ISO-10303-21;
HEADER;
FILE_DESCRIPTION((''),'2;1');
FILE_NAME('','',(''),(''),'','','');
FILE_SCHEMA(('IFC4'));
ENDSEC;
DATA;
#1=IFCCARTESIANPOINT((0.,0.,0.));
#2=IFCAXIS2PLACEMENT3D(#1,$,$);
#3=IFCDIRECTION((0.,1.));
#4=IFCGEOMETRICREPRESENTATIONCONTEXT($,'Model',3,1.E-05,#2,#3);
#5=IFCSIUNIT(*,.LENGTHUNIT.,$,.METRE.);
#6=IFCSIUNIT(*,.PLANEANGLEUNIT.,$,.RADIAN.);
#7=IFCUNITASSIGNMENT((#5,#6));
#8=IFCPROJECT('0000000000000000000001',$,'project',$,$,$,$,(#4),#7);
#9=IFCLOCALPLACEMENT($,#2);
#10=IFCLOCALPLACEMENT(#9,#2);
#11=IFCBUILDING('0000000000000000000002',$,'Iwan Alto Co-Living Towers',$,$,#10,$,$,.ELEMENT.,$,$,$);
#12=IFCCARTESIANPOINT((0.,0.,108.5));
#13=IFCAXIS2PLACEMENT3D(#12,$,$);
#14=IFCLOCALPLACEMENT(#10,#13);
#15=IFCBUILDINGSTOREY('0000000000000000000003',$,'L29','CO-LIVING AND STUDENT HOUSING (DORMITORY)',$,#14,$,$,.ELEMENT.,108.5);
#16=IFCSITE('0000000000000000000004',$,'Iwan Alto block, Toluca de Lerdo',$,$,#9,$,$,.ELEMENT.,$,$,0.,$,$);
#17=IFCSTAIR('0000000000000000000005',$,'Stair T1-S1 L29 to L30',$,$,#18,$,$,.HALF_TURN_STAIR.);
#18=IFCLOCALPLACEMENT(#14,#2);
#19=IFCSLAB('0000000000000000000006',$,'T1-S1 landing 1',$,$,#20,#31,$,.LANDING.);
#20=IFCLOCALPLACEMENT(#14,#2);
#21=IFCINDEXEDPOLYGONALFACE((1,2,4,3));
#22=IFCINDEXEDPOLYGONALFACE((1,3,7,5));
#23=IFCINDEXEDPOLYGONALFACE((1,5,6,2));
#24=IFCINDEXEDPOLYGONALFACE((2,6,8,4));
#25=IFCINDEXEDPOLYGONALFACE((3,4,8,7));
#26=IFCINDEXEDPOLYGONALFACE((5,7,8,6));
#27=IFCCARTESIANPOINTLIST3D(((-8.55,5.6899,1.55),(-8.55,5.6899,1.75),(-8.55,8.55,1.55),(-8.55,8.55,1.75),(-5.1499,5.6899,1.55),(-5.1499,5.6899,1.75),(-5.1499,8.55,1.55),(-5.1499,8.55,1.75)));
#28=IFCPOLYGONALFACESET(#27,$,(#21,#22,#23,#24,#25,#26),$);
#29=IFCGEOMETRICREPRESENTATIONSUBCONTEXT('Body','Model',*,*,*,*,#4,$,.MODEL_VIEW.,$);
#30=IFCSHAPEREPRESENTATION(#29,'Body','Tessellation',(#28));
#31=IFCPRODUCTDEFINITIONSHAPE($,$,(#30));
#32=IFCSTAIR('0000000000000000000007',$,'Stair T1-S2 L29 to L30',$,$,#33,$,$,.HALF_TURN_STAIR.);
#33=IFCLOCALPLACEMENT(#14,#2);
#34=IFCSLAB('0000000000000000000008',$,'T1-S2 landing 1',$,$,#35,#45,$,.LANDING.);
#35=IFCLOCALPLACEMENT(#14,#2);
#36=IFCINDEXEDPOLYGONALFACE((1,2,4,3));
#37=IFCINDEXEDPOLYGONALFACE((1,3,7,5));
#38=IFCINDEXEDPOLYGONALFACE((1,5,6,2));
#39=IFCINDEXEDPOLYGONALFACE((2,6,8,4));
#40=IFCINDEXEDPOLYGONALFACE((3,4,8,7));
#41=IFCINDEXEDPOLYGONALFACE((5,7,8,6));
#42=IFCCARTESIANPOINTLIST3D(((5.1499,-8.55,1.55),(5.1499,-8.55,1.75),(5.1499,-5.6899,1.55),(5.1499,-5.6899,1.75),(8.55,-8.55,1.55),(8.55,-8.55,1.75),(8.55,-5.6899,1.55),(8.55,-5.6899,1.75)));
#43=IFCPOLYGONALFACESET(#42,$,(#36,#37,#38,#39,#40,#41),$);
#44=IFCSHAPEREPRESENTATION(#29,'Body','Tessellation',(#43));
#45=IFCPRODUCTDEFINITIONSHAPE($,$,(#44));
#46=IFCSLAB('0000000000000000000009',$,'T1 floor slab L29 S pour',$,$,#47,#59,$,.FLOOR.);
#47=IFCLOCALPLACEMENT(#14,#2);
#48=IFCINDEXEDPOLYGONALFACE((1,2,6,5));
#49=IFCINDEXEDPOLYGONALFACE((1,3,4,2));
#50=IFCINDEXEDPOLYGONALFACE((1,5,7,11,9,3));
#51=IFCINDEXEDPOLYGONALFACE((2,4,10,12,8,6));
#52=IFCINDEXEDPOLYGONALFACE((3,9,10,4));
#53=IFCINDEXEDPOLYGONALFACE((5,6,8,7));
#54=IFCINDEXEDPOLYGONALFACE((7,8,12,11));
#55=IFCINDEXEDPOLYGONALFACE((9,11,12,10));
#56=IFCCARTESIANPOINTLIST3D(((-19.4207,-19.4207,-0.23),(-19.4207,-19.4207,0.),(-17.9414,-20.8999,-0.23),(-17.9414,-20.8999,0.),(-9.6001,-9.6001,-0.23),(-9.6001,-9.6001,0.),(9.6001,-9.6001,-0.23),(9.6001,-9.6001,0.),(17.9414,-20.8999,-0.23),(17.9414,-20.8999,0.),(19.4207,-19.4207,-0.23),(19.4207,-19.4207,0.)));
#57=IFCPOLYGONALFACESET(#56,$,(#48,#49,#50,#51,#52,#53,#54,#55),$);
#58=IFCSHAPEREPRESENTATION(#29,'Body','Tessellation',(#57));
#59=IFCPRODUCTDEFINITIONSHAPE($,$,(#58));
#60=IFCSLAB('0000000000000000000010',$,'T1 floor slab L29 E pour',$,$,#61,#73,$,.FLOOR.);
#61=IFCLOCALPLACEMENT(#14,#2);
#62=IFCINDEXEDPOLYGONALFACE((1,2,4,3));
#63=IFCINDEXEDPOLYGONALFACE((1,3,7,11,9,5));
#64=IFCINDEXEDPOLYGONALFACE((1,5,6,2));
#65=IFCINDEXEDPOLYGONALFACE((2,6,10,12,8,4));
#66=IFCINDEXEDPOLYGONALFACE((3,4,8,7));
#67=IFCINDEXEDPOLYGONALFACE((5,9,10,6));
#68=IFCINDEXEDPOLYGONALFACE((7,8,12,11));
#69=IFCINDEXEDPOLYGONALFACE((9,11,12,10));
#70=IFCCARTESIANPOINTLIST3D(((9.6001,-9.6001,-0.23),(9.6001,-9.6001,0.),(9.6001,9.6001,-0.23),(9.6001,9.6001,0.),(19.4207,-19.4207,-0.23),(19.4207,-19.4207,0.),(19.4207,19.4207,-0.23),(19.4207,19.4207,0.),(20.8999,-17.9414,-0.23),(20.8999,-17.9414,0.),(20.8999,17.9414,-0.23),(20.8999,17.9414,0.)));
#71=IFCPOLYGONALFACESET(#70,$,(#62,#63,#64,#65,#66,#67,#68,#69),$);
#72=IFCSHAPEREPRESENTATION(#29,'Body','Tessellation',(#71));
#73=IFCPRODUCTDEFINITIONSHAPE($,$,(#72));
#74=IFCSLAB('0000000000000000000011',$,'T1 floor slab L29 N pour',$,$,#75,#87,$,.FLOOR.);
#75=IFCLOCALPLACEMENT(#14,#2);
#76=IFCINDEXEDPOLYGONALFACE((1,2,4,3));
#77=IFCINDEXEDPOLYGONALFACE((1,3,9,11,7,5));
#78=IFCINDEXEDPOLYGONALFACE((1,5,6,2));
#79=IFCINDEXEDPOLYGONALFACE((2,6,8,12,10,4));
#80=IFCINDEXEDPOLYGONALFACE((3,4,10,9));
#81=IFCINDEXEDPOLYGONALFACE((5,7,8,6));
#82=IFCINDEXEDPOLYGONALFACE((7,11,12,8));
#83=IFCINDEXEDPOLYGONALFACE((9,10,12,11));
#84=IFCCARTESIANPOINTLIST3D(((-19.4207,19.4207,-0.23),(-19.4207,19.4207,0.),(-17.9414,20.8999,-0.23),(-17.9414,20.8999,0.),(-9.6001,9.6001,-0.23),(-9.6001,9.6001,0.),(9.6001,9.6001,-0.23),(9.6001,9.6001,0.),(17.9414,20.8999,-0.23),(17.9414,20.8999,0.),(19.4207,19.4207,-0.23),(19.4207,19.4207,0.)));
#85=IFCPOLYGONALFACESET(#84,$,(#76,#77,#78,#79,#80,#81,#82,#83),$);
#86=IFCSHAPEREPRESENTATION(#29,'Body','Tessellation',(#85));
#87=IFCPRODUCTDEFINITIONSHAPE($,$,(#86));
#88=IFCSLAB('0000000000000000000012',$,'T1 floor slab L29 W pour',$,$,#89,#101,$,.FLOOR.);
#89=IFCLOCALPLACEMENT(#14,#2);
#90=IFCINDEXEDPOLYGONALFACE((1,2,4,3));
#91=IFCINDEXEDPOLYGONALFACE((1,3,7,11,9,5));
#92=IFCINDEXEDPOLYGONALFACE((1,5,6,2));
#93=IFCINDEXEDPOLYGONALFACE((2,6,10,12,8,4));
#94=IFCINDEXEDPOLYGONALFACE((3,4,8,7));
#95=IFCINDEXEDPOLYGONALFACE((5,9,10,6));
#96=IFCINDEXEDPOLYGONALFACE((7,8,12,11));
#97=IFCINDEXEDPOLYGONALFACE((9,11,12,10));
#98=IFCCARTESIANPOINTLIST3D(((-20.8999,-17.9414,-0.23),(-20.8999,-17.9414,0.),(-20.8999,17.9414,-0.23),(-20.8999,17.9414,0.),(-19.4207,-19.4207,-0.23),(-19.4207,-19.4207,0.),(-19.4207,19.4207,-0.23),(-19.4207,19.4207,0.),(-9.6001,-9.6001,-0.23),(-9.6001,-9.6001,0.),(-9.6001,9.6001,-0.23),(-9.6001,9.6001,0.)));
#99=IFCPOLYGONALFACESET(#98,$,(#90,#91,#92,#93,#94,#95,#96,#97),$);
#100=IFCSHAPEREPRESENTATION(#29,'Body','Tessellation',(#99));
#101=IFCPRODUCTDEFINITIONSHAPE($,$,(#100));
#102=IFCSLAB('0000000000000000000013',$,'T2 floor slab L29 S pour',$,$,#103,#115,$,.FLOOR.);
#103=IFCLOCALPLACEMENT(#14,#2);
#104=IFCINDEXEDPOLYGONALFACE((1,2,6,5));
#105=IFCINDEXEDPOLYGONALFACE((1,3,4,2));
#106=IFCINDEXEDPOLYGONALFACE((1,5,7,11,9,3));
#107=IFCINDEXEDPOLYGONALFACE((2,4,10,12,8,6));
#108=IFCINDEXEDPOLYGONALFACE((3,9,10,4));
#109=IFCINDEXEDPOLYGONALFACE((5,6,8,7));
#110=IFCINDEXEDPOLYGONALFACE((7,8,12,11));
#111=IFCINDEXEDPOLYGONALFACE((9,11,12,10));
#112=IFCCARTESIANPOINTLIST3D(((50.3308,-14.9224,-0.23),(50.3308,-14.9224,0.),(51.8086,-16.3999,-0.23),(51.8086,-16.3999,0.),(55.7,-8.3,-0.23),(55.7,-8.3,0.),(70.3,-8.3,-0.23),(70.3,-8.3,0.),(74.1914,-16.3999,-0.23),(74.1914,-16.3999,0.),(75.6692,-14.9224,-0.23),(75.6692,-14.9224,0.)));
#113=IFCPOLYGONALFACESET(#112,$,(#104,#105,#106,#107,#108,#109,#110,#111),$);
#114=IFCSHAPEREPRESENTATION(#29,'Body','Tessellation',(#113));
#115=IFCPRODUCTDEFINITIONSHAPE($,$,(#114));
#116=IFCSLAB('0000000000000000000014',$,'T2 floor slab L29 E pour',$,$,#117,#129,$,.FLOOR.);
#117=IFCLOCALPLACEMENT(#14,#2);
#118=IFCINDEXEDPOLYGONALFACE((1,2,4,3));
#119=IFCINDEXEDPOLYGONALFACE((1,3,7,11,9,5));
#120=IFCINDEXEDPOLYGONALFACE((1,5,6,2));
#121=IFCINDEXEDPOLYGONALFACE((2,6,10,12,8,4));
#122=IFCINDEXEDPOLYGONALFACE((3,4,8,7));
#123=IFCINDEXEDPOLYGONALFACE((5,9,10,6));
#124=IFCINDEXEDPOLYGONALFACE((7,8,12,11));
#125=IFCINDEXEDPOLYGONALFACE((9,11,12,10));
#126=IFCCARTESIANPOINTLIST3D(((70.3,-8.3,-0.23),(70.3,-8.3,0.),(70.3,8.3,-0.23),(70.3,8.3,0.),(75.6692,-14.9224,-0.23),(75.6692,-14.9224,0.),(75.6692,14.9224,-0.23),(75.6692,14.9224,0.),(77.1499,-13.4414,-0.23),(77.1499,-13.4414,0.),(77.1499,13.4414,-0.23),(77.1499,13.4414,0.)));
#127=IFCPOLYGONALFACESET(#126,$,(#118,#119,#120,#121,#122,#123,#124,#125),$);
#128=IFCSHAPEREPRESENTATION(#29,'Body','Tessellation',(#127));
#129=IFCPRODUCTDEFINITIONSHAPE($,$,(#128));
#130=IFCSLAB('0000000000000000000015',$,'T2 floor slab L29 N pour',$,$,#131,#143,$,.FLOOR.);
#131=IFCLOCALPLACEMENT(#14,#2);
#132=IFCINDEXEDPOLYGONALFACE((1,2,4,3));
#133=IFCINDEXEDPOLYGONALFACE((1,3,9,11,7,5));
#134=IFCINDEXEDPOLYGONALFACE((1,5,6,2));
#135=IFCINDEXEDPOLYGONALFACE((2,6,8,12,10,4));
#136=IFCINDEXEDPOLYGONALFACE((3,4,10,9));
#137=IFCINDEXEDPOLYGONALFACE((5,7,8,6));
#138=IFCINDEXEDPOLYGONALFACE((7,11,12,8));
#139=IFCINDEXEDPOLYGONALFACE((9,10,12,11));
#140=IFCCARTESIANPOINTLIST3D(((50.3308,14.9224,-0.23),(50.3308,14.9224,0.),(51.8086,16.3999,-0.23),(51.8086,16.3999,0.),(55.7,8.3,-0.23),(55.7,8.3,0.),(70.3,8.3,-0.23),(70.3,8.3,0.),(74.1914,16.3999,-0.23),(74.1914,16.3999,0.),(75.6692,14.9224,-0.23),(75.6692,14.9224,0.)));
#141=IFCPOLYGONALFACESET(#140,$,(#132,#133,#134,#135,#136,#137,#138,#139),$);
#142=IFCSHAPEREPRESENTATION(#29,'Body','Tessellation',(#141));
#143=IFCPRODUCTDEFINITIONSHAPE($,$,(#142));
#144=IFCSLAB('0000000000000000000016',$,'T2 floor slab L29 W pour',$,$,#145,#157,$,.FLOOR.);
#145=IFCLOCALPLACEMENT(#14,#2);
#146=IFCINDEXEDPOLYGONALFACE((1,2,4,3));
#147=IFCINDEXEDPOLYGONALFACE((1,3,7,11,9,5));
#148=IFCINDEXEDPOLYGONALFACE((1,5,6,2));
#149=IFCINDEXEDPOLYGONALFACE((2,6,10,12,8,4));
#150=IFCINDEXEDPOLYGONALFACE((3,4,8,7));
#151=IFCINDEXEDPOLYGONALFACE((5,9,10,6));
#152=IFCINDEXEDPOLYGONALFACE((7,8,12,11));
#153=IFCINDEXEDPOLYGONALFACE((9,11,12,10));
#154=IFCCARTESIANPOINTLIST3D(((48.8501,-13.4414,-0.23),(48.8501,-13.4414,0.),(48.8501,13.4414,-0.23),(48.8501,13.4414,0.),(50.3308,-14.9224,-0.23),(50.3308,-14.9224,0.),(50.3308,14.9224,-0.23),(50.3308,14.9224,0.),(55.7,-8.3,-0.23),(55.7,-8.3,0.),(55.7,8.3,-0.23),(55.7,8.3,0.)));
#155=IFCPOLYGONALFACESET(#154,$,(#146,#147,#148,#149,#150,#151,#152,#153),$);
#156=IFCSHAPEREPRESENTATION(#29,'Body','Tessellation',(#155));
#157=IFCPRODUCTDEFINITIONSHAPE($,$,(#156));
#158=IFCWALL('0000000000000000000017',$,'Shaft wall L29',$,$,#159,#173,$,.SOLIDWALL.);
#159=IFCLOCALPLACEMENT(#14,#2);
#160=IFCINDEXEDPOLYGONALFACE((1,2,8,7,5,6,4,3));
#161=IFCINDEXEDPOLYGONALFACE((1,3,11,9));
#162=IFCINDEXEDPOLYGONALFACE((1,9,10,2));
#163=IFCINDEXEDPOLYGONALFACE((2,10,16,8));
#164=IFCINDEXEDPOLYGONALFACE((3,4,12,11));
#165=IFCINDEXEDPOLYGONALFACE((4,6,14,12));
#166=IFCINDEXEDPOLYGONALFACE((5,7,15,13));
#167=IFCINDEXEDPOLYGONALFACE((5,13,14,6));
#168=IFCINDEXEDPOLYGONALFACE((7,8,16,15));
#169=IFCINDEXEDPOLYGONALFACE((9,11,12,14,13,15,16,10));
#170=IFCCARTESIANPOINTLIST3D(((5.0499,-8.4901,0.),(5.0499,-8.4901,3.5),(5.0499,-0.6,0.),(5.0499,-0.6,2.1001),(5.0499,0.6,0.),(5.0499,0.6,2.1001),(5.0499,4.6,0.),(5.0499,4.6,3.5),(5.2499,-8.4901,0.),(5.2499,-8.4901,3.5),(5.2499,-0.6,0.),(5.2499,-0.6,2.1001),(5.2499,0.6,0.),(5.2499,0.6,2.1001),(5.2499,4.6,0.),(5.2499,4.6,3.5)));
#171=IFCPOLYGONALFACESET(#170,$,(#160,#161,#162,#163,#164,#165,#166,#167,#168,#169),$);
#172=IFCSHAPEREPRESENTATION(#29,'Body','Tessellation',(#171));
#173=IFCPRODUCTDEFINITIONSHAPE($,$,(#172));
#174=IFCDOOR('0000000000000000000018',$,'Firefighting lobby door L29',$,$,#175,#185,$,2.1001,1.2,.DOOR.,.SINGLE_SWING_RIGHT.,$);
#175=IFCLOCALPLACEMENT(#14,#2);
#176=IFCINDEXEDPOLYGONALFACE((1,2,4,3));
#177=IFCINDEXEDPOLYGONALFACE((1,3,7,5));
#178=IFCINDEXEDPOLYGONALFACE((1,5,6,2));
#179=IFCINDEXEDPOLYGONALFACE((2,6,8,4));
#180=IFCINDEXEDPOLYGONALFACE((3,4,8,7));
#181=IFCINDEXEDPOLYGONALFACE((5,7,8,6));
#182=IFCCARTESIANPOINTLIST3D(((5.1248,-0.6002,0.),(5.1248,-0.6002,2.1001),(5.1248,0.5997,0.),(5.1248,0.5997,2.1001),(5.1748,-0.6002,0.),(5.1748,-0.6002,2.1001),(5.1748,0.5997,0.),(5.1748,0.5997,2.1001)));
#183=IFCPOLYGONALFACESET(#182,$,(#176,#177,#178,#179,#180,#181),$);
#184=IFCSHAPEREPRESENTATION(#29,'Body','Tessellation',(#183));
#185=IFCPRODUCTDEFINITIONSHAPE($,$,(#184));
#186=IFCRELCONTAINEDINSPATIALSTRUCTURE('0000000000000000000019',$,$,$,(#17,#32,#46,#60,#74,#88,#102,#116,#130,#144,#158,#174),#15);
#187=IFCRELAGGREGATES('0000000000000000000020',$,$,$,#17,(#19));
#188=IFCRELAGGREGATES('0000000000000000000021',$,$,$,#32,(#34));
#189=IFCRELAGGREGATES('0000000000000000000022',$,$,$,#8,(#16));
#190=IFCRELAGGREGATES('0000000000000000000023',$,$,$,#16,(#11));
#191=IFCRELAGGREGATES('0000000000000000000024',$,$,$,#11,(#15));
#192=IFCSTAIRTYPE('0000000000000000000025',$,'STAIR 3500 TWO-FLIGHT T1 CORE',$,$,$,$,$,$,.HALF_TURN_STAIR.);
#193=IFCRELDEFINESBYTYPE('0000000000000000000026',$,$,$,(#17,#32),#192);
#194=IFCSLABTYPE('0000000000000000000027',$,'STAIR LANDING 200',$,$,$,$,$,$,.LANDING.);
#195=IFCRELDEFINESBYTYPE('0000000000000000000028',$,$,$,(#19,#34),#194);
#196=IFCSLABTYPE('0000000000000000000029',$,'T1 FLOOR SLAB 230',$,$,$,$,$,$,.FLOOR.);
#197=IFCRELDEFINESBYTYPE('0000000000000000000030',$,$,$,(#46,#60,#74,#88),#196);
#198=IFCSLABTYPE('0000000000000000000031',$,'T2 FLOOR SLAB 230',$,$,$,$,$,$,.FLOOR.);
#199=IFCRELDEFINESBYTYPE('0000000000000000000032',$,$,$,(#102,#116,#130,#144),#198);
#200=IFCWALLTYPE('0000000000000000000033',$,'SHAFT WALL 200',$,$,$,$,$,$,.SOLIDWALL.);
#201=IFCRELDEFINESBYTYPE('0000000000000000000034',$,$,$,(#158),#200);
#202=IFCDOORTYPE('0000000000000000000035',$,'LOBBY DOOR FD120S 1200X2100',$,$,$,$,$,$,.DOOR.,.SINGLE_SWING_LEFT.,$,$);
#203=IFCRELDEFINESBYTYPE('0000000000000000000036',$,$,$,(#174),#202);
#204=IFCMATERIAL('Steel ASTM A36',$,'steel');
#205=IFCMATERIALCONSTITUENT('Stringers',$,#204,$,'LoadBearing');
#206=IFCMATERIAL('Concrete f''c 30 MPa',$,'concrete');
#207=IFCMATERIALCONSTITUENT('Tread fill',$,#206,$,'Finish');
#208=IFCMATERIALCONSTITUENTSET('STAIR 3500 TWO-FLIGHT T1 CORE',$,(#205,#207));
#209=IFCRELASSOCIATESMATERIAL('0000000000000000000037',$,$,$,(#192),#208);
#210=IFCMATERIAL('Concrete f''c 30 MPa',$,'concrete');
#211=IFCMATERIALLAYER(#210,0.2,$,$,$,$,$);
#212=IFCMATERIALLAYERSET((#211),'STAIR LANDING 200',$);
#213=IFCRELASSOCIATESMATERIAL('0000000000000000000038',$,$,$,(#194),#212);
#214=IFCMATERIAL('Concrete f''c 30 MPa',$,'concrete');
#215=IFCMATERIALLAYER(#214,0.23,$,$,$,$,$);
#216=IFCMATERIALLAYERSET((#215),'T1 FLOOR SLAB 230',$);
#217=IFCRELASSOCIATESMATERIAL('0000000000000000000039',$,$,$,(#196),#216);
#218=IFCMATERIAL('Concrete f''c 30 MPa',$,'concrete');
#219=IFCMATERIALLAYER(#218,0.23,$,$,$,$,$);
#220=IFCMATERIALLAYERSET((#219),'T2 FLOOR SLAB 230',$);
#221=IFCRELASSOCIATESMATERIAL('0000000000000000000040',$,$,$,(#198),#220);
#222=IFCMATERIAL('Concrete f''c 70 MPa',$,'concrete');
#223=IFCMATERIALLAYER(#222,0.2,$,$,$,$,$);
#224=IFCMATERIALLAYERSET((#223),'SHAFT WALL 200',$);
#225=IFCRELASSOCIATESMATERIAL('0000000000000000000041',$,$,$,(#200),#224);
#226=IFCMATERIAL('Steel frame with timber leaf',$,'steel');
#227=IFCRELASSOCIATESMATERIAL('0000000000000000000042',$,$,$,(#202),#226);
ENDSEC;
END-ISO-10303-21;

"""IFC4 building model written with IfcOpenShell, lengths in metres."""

from ifc_helpers import new_model, si_unit, direction, frame, frame_2d, origin, place, context, subcontext, project, spatial, polyline, rectangle, outline, extrude, material, layer, layer_set, constituent, constituent_set, type_object, element, fill, aggregate, save


model = new_model("IFC4")

# Units and contexts
model_context = context("Model", 3, precision=1e-05, world=origin(), true_north=direction((0.0, 1.0)))
body_context = subcontext(model_context, "Body", "Model", "MODEL_VIEW")
ifc_project = project(units=[si_unit("LENGTHUNIT", "METRE"), si_unit("PLANEANGLEUNIT", "RADIAN")], contexts=[model_context])

# Site, building, storey
site_placement = place(None, origin())
site = spatial("IfcSite", under=ifc_project, at=site_placement, Name="Iwan Alto block, Toluca de Lerdo", CompositionType="ELEMENT", RefElevation=0.0)
building_placement = place(site_placement, origin())
building = spatial("IfcBuilding", under=site, at=building_placement, Name="Iwan Alto Co-Living Towers", CompositionType="ELEMENT")
storey_placement = place(building_placement, frame((0.0, 0.0, 108.5)))
storey = spatial("IfcBuildingStorey", under=building, at=storey_placement, Name="L29", Description="CO-LIVING AND STUDENT HOUSING (DORMITORY)", CompositionType="ELEMENT", Elevation=108.5)

# Stairs, slabs
ifc_material_1 = material(Name="Steel ASTM A36", Category="steel")
ifc_constituent_1 = constituent(ifc_material_1, Name="Stringers", Category="LoadBearing")
ifc_material_2 = material(Name="Concrete f'c 30 MPa", Category="concrete")
ifc_constituent_2 = constituent(ifc_material_2, Name="Tread fill", Category="Finish")
ifc_constituent_set_1 = constituent_set(constituents=[ifc_constituent_1, ifc_constituent_2], Name="STAIR 3500 TWO-FLIGHT T1 CORE")
stair_type = type_object("IfcStairType", Name="STAIR 3500 TWO-FLIGHT T1 CORE", PredefinedType="HALF_TURN_STAIR", material=ifc_constituent_set_1)
stair_1_placement = place(storey_placement, origin())
stair_1 = element("IfcStair", 1, at=stair_1_placement, inside=storey, type_object=stair_type, Name="Stair T1-S1 L29 to L30", PredefinedType="HALF_TURN_STAIR")
ifc_material_3 = material(Name="Concrete f'c 30 MPa", Category="concrete")
ifc_layer_1 = layer(ifc_material_3, 0.2)
ifc_layer_set_1 = layer_set([ifc_layer_1], Name="STAIR LANDING 200")
slab_type_1 = type_object("IfcSlabType", Name="STAIR LANDING 200", PredefinedType="LANDING", material=ifc_layer_set_1)
slab_1_placement = place(storey_placement, frame((0.0, 0.0, 1.55)))
slab_1 = element("IfcSlab", 2, at=slab_1_placement, type_object=slab_type_1, Name="T1-S1 landing 1", PredefinedType="LANDING", context=body_context, shape_type="SweptSolid", body=[
    extrude(outline(polyline([(-8.55, 5.6899), (-8.55, 8.55), (-5.1499, 8.55), (-5.1499, 5.6899), (-8.55, 5.6899)])), origin(), (0.0, 0.0, 1.0), 0.2),
])
aggregate(stair_1, [slab_1])
stair_2_placement = place(storey_placement, origin())
stair_2 = element("IfcStair", 3, at=stair_2_placement, inside=storey, type_object=stair_type, Name="Stair T1-S2 L29 to L30", PredefinedType="HALF_TURN_STAIR")
slab_2_placement = place(storey_placement, frame((0.0, 0.0, 1.55)))
slab_2 = element("IfcSlab", 4, at=slab_2_placement, type_object=slab_type_1, Name="T1-S2 landing 1", PredefinedType="LANDING", context=body_context, shape_type="SweptSolid", body=[
    extrude(outline(polyline([(5.1499, -5.6899), (5.1499, -8.55), (8.55, -8.55), (8.55, -5.6899), (5.1499, -5.6899)])), origin(), (0.0, 0.0, 1.0), 0.2),
])

# Slabs
ifc_material_4 = material(Name="Concrete f'c 30 MPa", Category="concrete")
ifc_layer_2 = layer(ifc_material_4, 0.23)
ifc_layer_set_2 = layer_set([ifc_layer_2], Name="T1 FLOOR SLAB 230")
slab_type_2 = type_object("IfcSlabType", Name="T1 FLOOR SLAB 230", PredefinedType="FLOOR", material=ifc_layer_set_2)
slab_3_placement = place(storey_placement, frame((0.0, 0.0, -0.23)))
element("IfcSlab", 5, at=slab_3_placement, inside=storey, type_object=slab_type_2, Name="T1 floor slab L29 S pour", PredefinedType="FLOOR", context=body_context, shape_type="SweptSolid", body=[
    extrude(outline(polyline([(17.9414, -20.8999), (-17.9414, -20.8999), (-19.4207, -19.4207), (-9.6001, -9.6001), (9.6001, -9.6001), (19.4207, -19.4207), (17.9414, -20.8999)])), origin(), (0.0, 0.0, 1.0), 0.23),
])
slab_4_placement = place(storey_placement, frame((0.0, 0.0, -0.23)))
element("IfcSlab", 6, at=slab_4_placement, inside=storey, type_object=slab_type_2, Name="T1 floor slab L29 E pour", PredefinedType="FLOOR", context=body_context, shape_type="SweptSolid", body=[
    extrude(outline(polyline([(20.8999, 17.9414), (20.8999, -17.9414), (19.4207, -19.4207), (9.6001, -9.6001), (9.6001, 9.6001), (19.4207, 19.4207), (20.8999, 17.9414)])), origin(), (0.0, 0.0, 1.0), 0.23),
])
slab_5_placement = place(storey_placement, frame((0.0, 0.0, -0.23)))
element("IfcSlab", 7, at=slab_5_placement, inside=storey, type_object=slab_type_2, Name="T1 floor slab L29 N pour", PredefinedType="FLOOR", context=body_context, shape_type="SweptSolid", body=[
    extrude(outline(polyline([(-17.9414, 20.8999), (17.9414, 20.8999), (19.4207, 19.4207), (9.6001, 9.6001), (-9.6001, 9.6001), (-19.4207, 19.4207), (-17.9414, 20.8999)])), origin(), (0.0, 0.0, 1.0), 0.23),
])
slab_6_placement = place(storey_placement, frame((0.0, 0.0, -0.23)))
element("IfcSlab", 8, at=slab_6_placement, inside=storey, type_object=slab_type_2, Name="T1 floor slab L29 W pour", PredefinedType="FLOOR", context=body_context, shape_type="SweptSolid", body=[
    extrude(outline(polyline([(-20.8999, 17.9414), (-19.4207, 19.4207), (-9.6001, 9.6001), (-9.6001, -9.6001), (-19.4207, -19.4207), (-20.8999, -17.9414), (-20.8999, 17.9414)])), origin(), (0.0, 0.0, 1.0), 0.23),
])
ifc_material_5 = material(Name="Concrete f'c 30 MPa", Category="concrete")
ifc_layer_3 = layer(ifc_material_5, 0.23)
ifc_layer_set_3 = layer_set([ifc_layer_3], Name="T2 FLOOR SLAB 230")
slab_type_3 = type_object("IfcSlabType", Name="T2 FLOOR SLAB 230", PredefinedType="FLOOR", material=ifc_layer_set_3)
slab_7_placement = place(storey_placement, frame((0.0, 0.0, -0.23)))
element("IfcSlab", 9, at=slab_7_placement, inside=storey, type_object=slab_type_3, Name="T2 floor slab L29 S pour", PredefinedType="FLOOR", context=body_context, shape_type="SweptSolid", body=[
    extrude(outline(polyline([(74.1914, -16.3999), (51.8086, -16.3999), (50.3308, -14.9224), (55.7, -8.3), (70.3, -8.3), (75.6692, -14.9224), (74.1914, -16.3999)])), origin(), (0.0, 0.0, 1.0), 0.23),
])
slab_8_placement = place(storey_placement, frame((0.0, 0.0, -0.23)))
element("IfcSlab", 10, at=slab_8_placement, inside=storey, type_object=slab_type_3, Name="T2 floor slab L29 E pour", PredefinedType="FLOOR", context=body_context, shape_type="SweptSolid", body=[
    extrude(outline(polyline([(77.1499, 13.4414), (77.1499, -13.4414), (75.6692, -14.9224), (70.3, -8.3), (70.3, 8.3), (75.6692, 14.9224), (77.1499, 13.4414)])), origin(), (0.0, 0.0, 1.0), 0.23),
])
slab_9_placement = place(storey_placement, frame((0.0, 0.0, -0.23)))
element("IfcSlab", 11, at=slab_9_placement, inside=storey, type_object=slab_type_3, Name="T2 floor slab L29 N pour", PredefinedType="FLOOR", context=body_context, shape_type="SweptSolid", body=[
    extrude(outline(polyline([(51.8086, 16.3999), (74.1914, 16.3999), (75.6692, 14.9224), (70.3, 8.3), (55.7, 8.3), (50.3308, 14.9224), (51.8086, 16.3999)])), origin(), (0.0, 0.0, 1.0), 0.23),
])
slab_10_placement = place(storey_placement, frame((0.0, 0.0, -0.23)))
element("IfcSlab", 12, at=slab_10_placement, inside=storey, type_object=slab_type_3, Name="T2 floor slab L29 W pour", PredefinedType="FLOOR", context=body_context, shape_type="SweptSolid", body=[
    extrude(outline(polyline([(48.8501, 13.4414), (50.3308, 14.9224), (55.7, 8.3), (55.7, -8.3), (50.3308, -14.9224), (48.8501, -13.4414), (48.8501, 13.4414)])), origin(), (0.0, 0.0, 1.0), 0.23),
])

# Wall, opening, door
ifc_material_6 = material(Name="Concrete f'c 70 MPa", Category="concrete")
ifc_layer_4 = layer(ifc_material_6, 0.2)
ifc_layer_set_4 = layer_set([ifc_layer_4], Name="SHAFT WALL 200")
wall_type_1 = type_object("IfcWallType", Name="SHAFT WALL 200", PredefinedType="SOLIDWALL", material=ifc_layer_set_4)
wall_1_placement = place(storey_placement, frame((5.1499, -8.49, 0.0), z_axis=(0.0, 0.0, 1.0), x_axis=(0.0, 1.0, 0.0)))
wall_1 = element("IfcWall", 13, at=wall_1_placement, inside=storey, type_object=wall_type_1, Name="Shaft wall L29", PredefinedType="SOLIDWALL", context=body_context, shape_type="SweptSolid", body=[
    extrude(rectangle(XDim=13.0901, YDim=0.2, at=frame_2d((6.5449, 0.0))), origin(), (0.0, 0.0, 1.0), 3.5),
])
opening_placement = place(wall_1_placement, frame((7.8899, 0.0, 0.0)))
opening = element("IfcOpeningElement", 14, at=opening_placement, cuts=wall_1, PredefinedType="OPENING", context=body_context, shape_type="SweptSolid", body=[
    extrude(rectangle(XDim=1.2, YDim=2.1001, at=frame_2d((0.6001, 1.05))), frame((0.0, 0.1099, 0.0), z_axis=(0.0, -1.0, 0.0), x_axis=(1.0, 0.0, 0.0)), (0.0, 0.0, 1.0), 0.22),
])
ifc_material_7 = material(Name="Steel frame with timber leaf", Category="steel")
door_type = type_object("IfcDoorType", Name="LOBBY DOOR FD120S 1200X2100", OperationType="SINGLE_SWING_LEFT", PredefinedType="DOOR", material=ifc_material_7)
door_placement = place(opening_placement, frame((1.2, 0.0, 0.0), z_axis=(0.0, 0.0, 1.0), x_axis=(-1.0, 0.0, 0.0)))
door = element("IfcDoor", 15, at=door_placement, inside=storey, type_object=door_type, Name="Firefighting lobby door L29", OperationType="SINGLE_SWING_RIGHT", OverallHeight=2.1001, OverallWidth=1.2, PredefinedType="DOOR", context=body_context, shape_type="SweptSolid", body=[
    extrude(rectangle(XDim=1.2, YDim=2.1001, at=frame_2d((0.6001, 1.05))), frame((0.0, 0.0249, 0.0), z_axis=(0.0, -1.0, 0.0), x_axis=(1.0, 0.0, 0.0)), (0.0, 0.0, 1.0), 0.05),
])
fill(opening, door)

aggregate(stair_2, [slab_2])

save(model, "model.ifc")
